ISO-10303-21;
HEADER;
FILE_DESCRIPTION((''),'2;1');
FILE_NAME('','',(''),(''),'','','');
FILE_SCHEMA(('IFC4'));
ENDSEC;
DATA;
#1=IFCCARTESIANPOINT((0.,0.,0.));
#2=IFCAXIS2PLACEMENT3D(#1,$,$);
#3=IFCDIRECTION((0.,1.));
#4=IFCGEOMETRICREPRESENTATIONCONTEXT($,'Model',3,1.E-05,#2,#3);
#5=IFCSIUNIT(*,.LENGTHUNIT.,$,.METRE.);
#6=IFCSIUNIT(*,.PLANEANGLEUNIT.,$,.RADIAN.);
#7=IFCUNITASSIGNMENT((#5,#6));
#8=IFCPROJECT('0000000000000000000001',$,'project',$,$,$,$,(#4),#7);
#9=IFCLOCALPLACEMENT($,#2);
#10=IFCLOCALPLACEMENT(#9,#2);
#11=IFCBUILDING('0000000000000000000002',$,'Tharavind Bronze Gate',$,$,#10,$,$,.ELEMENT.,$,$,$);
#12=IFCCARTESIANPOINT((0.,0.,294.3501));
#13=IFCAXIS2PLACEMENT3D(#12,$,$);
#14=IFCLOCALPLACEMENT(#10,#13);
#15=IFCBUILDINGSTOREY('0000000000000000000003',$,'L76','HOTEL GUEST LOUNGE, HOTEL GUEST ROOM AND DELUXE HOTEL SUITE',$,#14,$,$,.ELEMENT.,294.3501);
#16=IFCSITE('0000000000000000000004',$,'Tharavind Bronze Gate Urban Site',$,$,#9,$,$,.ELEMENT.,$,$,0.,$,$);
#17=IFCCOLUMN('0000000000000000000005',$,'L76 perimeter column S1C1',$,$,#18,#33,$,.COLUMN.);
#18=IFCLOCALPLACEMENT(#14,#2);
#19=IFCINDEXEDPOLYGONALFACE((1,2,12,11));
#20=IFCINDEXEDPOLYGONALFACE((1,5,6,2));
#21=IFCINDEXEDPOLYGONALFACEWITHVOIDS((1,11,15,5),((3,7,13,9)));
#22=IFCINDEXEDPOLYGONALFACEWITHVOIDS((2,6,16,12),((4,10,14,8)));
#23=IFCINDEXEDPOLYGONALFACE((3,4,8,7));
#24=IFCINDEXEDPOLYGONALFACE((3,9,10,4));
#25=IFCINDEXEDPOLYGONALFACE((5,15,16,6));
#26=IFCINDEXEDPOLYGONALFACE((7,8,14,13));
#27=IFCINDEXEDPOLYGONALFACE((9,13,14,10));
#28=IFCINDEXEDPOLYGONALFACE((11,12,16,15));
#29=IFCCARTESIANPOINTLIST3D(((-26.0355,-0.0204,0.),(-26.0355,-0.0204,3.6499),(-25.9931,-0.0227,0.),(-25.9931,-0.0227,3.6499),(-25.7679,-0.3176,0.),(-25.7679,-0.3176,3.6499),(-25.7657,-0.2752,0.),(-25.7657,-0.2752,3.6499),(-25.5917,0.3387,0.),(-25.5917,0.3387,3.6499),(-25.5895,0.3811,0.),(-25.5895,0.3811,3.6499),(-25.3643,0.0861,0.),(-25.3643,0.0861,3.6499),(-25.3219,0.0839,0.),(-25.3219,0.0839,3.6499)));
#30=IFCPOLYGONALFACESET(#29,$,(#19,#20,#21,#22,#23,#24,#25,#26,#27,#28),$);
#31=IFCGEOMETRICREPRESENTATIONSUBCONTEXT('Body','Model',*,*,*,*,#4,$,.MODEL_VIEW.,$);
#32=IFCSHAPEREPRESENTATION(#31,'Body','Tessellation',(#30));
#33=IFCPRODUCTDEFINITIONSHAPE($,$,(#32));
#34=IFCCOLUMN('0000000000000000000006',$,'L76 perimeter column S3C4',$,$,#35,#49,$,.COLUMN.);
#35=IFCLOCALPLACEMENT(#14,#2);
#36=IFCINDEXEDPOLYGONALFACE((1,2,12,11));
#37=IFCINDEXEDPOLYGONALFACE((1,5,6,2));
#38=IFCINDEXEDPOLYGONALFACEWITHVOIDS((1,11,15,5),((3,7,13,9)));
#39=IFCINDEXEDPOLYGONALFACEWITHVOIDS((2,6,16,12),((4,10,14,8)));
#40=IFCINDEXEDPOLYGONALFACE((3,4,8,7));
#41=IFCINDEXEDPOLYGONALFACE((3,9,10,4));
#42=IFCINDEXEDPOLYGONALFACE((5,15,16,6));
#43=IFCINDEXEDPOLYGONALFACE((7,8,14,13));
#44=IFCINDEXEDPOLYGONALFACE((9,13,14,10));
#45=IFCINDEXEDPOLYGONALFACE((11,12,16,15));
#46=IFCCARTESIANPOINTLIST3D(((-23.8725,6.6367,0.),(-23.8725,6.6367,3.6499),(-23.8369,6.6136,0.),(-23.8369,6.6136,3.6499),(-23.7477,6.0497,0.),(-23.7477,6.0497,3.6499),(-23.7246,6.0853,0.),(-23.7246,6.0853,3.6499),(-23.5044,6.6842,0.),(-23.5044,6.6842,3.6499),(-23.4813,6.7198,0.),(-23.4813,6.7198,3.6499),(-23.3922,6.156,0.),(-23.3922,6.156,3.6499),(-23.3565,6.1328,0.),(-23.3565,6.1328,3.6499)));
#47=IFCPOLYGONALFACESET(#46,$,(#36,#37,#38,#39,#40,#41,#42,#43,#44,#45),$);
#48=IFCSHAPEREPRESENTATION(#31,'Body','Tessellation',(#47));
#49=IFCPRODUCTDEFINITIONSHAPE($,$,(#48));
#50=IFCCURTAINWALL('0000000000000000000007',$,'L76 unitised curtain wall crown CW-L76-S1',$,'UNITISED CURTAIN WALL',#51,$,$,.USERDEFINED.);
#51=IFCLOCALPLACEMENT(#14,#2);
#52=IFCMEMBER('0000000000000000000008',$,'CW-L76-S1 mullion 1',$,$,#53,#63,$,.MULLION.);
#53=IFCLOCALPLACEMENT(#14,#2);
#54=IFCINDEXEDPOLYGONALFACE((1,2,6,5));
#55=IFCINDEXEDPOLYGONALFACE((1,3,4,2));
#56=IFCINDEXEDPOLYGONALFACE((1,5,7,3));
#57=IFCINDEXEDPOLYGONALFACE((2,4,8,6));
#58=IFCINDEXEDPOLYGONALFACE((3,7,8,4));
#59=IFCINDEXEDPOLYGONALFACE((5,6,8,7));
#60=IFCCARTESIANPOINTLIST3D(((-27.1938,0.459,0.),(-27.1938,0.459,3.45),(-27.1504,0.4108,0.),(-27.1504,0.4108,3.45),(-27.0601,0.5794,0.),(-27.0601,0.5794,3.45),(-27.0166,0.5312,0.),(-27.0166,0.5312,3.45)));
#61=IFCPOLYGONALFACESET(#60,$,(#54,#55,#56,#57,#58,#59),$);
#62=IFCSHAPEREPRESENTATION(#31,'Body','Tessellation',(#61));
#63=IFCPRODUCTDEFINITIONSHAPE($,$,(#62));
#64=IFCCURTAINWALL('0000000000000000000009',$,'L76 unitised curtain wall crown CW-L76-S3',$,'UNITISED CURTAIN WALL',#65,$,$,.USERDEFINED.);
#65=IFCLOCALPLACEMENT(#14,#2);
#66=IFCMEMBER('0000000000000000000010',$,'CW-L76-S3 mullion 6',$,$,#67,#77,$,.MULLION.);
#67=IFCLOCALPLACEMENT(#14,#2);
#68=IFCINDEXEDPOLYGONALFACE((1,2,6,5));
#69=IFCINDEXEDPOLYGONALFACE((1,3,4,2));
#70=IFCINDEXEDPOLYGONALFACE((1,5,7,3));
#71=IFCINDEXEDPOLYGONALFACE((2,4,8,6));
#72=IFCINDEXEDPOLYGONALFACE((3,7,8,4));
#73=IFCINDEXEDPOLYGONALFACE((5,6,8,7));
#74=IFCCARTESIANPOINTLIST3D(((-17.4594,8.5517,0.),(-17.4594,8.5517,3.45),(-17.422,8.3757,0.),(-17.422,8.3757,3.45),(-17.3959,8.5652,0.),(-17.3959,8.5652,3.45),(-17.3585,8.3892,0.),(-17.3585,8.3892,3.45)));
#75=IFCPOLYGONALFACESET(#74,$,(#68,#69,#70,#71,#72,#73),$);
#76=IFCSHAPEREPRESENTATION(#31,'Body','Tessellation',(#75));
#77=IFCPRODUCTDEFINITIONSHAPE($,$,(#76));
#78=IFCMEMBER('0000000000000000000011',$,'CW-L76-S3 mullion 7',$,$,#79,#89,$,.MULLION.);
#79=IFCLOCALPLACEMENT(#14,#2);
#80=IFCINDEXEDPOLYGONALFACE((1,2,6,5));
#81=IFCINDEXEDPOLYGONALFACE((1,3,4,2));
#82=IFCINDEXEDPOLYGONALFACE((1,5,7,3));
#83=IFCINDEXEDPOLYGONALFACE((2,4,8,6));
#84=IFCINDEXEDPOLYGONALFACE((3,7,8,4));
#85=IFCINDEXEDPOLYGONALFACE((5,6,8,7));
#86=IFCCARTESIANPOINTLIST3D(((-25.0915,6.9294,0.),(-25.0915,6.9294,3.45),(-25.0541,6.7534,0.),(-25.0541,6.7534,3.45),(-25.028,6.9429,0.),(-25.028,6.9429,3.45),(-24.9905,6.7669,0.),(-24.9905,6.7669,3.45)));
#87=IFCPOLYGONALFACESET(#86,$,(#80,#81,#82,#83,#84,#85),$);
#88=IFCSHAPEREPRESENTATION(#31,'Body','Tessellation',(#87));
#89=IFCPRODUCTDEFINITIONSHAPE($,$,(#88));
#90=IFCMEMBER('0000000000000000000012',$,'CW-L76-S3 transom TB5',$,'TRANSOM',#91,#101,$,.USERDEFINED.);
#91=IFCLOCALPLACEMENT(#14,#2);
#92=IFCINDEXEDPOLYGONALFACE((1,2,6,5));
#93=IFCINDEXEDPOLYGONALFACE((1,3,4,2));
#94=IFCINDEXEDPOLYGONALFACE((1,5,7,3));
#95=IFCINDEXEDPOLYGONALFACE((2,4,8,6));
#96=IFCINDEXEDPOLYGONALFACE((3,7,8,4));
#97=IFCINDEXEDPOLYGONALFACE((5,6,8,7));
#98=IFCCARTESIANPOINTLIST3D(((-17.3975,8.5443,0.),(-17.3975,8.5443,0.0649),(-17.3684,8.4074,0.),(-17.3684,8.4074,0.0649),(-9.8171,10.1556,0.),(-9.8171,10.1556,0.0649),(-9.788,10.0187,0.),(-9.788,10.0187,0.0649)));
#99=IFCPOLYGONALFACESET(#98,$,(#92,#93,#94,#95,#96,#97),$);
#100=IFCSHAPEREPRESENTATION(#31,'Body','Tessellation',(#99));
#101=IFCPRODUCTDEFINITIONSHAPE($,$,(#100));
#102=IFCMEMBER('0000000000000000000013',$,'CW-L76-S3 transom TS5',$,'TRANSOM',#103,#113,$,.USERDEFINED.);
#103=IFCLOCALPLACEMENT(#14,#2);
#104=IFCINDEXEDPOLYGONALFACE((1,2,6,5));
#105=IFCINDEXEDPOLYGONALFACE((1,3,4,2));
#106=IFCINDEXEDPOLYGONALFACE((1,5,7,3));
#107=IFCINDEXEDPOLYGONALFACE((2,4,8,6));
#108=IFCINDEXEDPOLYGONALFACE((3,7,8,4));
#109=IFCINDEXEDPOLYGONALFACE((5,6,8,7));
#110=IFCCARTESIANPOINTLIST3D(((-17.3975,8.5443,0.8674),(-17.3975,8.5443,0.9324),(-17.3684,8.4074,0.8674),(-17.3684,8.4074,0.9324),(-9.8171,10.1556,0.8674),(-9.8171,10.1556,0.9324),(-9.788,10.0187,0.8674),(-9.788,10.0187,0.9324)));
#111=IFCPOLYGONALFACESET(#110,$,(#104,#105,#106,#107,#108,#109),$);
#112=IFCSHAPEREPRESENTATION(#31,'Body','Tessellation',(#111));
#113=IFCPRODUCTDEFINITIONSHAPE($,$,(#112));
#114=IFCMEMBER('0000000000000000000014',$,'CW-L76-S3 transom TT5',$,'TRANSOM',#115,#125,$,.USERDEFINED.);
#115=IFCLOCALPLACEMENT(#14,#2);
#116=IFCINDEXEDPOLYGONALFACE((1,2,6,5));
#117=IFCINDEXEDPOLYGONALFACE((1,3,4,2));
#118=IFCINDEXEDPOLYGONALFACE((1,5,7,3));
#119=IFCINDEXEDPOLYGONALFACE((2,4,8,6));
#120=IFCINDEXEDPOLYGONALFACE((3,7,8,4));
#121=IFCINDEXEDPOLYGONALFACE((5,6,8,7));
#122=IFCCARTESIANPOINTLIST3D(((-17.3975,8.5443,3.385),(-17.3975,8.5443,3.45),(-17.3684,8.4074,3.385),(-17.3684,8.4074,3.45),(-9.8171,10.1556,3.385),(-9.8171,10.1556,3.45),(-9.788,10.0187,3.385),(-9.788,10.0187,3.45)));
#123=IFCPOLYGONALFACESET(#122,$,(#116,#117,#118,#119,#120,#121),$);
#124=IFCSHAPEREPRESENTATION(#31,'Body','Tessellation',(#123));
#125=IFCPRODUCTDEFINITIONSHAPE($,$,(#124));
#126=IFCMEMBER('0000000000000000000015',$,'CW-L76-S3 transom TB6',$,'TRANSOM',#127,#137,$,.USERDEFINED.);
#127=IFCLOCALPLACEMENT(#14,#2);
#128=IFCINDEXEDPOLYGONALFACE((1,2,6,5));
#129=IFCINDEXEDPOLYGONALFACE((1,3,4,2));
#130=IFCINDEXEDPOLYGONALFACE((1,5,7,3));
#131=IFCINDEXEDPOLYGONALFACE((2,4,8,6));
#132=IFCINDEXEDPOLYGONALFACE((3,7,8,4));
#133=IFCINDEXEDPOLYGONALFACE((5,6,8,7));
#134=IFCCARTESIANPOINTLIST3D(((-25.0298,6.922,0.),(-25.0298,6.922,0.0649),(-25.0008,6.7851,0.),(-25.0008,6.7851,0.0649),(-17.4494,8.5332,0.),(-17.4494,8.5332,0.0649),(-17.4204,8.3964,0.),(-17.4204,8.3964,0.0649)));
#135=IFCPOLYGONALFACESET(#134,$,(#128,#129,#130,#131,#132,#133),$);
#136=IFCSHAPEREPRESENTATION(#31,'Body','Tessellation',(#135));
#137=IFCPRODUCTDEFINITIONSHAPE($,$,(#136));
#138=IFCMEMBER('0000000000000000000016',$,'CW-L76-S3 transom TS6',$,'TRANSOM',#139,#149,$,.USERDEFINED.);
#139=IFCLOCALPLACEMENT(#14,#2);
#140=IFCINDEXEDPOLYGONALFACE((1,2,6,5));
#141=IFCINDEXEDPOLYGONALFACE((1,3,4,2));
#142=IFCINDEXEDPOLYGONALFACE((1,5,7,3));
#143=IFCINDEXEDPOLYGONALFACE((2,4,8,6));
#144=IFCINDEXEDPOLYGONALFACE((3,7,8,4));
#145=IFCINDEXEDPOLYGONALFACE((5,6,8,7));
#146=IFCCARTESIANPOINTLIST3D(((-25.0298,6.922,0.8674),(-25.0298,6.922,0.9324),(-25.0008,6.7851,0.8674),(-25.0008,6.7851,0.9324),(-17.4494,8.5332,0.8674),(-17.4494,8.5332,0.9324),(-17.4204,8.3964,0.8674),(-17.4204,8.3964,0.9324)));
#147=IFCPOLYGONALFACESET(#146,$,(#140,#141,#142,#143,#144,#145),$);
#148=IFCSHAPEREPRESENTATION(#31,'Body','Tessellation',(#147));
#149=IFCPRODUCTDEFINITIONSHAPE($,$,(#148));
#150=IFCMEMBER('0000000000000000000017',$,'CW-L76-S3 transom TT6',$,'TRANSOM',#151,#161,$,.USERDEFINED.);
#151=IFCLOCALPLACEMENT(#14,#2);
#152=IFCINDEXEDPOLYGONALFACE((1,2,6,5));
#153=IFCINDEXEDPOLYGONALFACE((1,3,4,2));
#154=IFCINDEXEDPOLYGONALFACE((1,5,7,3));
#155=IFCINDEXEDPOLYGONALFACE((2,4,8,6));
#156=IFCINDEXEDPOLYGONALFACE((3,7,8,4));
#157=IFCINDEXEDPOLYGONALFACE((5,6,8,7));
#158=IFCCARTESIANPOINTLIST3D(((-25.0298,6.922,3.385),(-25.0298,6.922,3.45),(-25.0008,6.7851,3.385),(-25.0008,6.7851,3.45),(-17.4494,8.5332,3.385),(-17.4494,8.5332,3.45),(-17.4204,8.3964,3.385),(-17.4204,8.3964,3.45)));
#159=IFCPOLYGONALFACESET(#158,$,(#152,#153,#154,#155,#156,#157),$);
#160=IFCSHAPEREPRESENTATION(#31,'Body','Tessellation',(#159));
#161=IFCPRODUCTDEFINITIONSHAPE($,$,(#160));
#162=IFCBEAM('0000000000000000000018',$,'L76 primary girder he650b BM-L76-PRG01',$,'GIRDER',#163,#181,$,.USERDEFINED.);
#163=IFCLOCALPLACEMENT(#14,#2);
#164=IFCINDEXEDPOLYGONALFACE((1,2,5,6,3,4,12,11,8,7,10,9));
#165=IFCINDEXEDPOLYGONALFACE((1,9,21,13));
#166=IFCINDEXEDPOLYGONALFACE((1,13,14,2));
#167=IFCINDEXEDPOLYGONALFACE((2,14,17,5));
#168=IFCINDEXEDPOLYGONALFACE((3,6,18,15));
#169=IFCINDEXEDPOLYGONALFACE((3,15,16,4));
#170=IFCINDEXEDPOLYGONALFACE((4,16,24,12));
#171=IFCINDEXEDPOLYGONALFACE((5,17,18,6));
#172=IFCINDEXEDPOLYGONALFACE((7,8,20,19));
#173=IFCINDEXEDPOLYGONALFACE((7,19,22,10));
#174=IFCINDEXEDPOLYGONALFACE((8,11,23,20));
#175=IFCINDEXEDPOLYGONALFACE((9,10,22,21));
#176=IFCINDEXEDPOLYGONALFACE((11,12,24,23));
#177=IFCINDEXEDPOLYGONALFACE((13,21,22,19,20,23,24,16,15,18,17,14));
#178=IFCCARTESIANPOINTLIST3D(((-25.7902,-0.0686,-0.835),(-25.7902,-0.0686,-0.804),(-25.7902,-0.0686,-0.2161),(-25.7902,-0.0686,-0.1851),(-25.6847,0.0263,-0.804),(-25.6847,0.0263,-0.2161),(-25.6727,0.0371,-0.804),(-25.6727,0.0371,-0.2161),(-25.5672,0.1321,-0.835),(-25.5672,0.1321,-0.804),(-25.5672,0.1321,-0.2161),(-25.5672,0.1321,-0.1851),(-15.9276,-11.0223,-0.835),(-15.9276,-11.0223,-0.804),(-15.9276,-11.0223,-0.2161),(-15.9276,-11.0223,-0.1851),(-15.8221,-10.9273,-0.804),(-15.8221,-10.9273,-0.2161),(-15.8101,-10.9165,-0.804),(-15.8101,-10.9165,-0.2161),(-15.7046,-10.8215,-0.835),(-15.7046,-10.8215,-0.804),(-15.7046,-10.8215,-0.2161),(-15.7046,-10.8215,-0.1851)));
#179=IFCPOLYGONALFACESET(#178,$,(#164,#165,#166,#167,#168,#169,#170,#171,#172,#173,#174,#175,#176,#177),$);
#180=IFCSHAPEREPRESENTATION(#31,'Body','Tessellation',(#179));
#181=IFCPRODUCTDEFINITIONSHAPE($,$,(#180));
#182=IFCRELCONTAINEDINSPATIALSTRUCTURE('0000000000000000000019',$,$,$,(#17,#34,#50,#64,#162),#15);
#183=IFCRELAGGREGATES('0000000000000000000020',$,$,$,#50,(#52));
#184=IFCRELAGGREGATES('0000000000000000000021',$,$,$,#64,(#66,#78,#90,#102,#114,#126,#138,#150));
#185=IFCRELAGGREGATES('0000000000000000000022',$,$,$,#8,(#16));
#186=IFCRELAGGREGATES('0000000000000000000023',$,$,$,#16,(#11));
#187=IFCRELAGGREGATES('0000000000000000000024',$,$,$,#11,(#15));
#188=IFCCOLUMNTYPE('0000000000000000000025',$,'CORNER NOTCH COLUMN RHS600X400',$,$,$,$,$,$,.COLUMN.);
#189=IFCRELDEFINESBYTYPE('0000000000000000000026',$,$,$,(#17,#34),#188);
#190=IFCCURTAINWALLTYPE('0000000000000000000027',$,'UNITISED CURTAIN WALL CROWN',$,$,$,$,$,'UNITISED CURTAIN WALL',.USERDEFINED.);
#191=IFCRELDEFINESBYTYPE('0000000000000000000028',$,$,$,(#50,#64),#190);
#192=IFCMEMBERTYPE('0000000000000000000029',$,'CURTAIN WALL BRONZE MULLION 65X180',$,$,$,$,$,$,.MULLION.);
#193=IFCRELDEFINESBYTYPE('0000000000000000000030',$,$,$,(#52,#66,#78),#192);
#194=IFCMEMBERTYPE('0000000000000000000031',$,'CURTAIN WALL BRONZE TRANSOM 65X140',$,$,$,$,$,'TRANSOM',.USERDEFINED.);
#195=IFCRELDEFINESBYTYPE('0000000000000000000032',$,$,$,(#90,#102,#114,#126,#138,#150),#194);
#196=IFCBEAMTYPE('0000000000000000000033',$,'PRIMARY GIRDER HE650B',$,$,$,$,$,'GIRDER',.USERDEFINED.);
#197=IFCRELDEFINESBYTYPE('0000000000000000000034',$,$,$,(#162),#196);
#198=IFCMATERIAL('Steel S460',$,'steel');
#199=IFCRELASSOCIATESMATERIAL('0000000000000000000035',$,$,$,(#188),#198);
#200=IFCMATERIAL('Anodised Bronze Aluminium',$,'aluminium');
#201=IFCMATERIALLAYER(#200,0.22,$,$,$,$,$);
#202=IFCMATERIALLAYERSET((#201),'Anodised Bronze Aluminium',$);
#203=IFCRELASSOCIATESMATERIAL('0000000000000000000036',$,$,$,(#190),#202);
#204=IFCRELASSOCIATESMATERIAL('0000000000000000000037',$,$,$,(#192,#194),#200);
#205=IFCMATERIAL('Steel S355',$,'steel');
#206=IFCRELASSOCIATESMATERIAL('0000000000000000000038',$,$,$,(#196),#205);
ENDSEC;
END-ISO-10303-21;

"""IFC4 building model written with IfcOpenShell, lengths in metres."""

from ifc_helpers import new_model, si_unit, direction, frame, origin, origin_2d, place, context, subcontext, project, spatial, rectangle, hollow_rectangle, i_section, extrude, material, layer, layer_set, material_profile, profile_set, type_object, element, aggregate, save


model = new_model("IFC4")

# Units and contexts
model_context = context("Model", 3, precision=1e-05, world=origin(), true_north=direction((0.0, 1.0)))
body_context = subcontext(model_context, "Body", "Model", "MODEL_VIEW")
ifc_project = project(units=[si_unit("LENGTHUNIT", "METRE"), si_unit("PLANEANGLEUNIT", "RADIAN")], contexts=[model_context])

# Site, building, storey
site_placement = place(None, origin())
site = spatial("IfcSite", under=ifc_project, at=site_placement, Name="Tharavind Bronze Gate Urban Site", CompositionType="ELEMENT", RefElevation=0.0)
building_placement = place(site_placement, origin())
building = spatial("IfcBuilding", under=site, at=building_placement, Name="Tharavind Bronze Gate", CompositionType="ELEMENT")
storey_placement = place(building_placement, frame((0.0, 0.0, 294.3501)))
storey = spatial("IfcBuildingStorey", under=building, at=storey_placement, Name="L76", Description="HOTEL GUEST LOUNGE, HOTEL GUEST ROOM AND DELUXE HOTEL SUITE", CompositionType="ELEMENT", Elevation=294.3501)

# Columns
ifc_material_1 = material(Name="Steel S460", Category="steel")
ifc_material_profile_1 = material_profile(ifc_material_1, hollow_rectangle(XDim=0.3999, YDim=0.6001, WallThickness=0.03, at=origin_2d()), Name="RHS600X400X30")
ifc_profile_set_1 = profile_set([ifc_material_profile_1], Name="Steel S460")
column_type = type_object("IfcColumnType", Name="CORNER NOTCH COLUMN RHS600X400", PredefinedType="COLUMN", material=ifc_profile_set_1)
for number, where, z_axis, x_axis, name in (
    (1, (-25.6787, 0.0317, 0.0), (0.0, 0.0, 1.0), (-0.669131, 0.743145, 0.0), "L76 perimeter column S1C1"),
    (2, (-23.6145, 6.3848, 0.0), (0.0, 0.0, 1.0), (0.978147, 0.207913, 0.0), "L76 perimeter column S3C4"),
):
    element("IfcColumn", number, at=place(storey_placement, frame(where, z_axis=z_axis, x_axis=x_axis)), inside=storey, type_object=column_type, Name=name, PredefinedType="COLUMN", context=body_context, shape_type="SweptSolid", body=[
        extrude(hollow_rectangle(XDim=0.3999, YDim=0.6001, WallThickness=0.03, at=origin_2d()), origin(), (0.0, 0.0, 1.0), 3.6499),
    ])

# Curtain wall, member
ifc_material_2 = material(Name="Anodised Bronze Aluminium", Category="aluminium")
ifc_layer_1 = layer(ifc_material_2, 0.22)
ifc_layer_set_1 = layer_set([ifc_layer_1], Name="Anodised Bronze Aluminium")
curtain_wall_type = type_object("IfcCurtainWallType", Name="UNITISED CURTAIN WALL CROWN", ElementType="UNITISED CURTAIN WALL", PredefinedType="USERDEFINED", material=ifc_layer_set_1)
curtain_wall_1_placement = place(storey_placement, origin())
curtain_wall_1 = element("IfcCurtainWall", 3, at=curtain_wall_1_placement, inside=storey, type_object=curtain_wall_type, Name="L76 unitised curtain wall crown CW-L76-S1", ObjectType="UNITISED CURTAIN WALL", PredefinedType="USERDEFINED")
member_type_1 = type_object("IfcMemberType", Name="CURTAIN WALL BRONZE MULLION 65X180", PredefinedType="MULLION", material=ifc_material_2)
member_1_placement = place(storey_placement, frame((-27.1052, 0.4951, 0.0), z_axis=(0.0, 0.0, 1.0), x_axis=(0.669131, -0.743145, 0.0)))
member_1 = element("IfcMember", 4, at=member_1_placement, type_object=member_type_1, Name="CW-L76-S1 mullion 1", PredefinedType="MULLION", context=body_context, shape_type="SweptSolid", body=[
    extrude(rectangle(XDim=0.0649, YDim=0.1799, at=origin_2d()), origin(), (0.0, 0.0, 1.0), 3.45),
])
aggregate(curtain_wall_1, [member_1])

# Curtain wall, members
curtain_wall_2_placement = place(storey_placement, origin())
curtain_wall_2 = element("IfcCurtainWall", 5, at=curtain_wall_2_placement, inside=storey, type_object=curtain_wall_type, Name="L76 unitised curtain wall crown CW-L76-S3", ObjectType="UNITISED CURTAIN WALL", PredefinedType="USERDEFINED")
member_2_placement = place(storey_placement, frame((-17.4089, 8.4705, 0.0), z_axis=(0.0, 0.0, 1.0), x_axis=(-0.978147, -0.207913, 0.0)))
member_2 = element("IfcMember", 6, at=member_2_placement, type_object=member_type_1, Name="CW-L76-S3 mullion 6", PredefinedType="MULLION", context=body_context, shape_type="SweptSolid", body=[
    extrude(rectangle(XDim=0.0649, YDim=0.1799, at=origin_2d()), origin(), (0.0, 0.0, 1.0), 3.45),
])
member_3_placement = place(storey_placement, frame((-25.041, 6.8481, 0.0), z_axis=(0.0, 0.0, 1.0), x_axis=(-0.978147, -0.207913, 0.0)))
member_3 = element("IfcMember", 7, at=member_3_placement, type_object=member_type_1, Name="CW-L76-S3 mullion 7", PredefinedType="MULLION", context=body_context, shape_type="SweptSolid", body=[
    extrude(rectangle(XDim=0.0649, YDim=0.1799, at=origin_2d()), origin(), (0.0, 0.0, 1.0), 3.45),
])
member_type_2 = type_object("IfcMemberType", Name="CURTAIN WALL BRONZE TRANSOM 65X140", ElementType="TRANSOM", PredefinedType="USERDEFINED", material=ifc_material_2)
member_4_placement = place(storey_placement, frame((-13.5928, 9.2815, 0.0), z_axis=(0.0, 0.0, 1.0), x_axis=(-0.978147, -0.207913, 0.0)))
member_4 = element("IfcMember", 8, at=member_4_placement, type_object=member_type_2, Name="CW-L76-S3 transom TB5", ObjectType="TRANSOM", PredefinedType="USERDEFINED", context=body_context, shape_type="SweptSolid", body=[
    extrude(rectangle(XDim=7.7498, YDim=0.1399, at=origin_2d()), origin(), (0.0, 0.0, 1.0), 0.0649),
])
member_5_placement = place(storey_placement, frame((-13.5928, 9.2815, 0.8674), z_axis=(0.0, 0.0, 1.0), x_axis=(-0.978147, -0.207913, 0.0)))
member_5 = element("IfcMember", 9, at=member_5_placement, type_object=member_type_2, Name="CW-L76-S3 transom TS5", ObjectType="TRANSOM", PredefinedType="USERDEFINED", context=body_context, shape_type="SweptSolid", body=[
    extrude(rectangle(XDim=7.7498, YDim=0.1399, at=origin_2d()), origin(), (0.0, 0.0, 1.0), 0.0649),
])
member_6_placement = place(storey_placement, frame((-13.5928, 9.2815, 3.385), z_axis=(0.0, 0.0, 1.0), x_axis=(-0.978147, -0.207913, 0.0)))
member_6 = element("IfcMember", 10, at=member_6_placement, type_object=member_type_2, Name="CW-L76-S3 transom TT5", ObjectType="TRANSOM", PredefinedType="USERDEFINED", context=body_context, shape_type="SweptSolid", body=[
    extrude(rectangle(XDim=7.7498, YDim=0.1399, at=origin_2d()), origin(), (0.0, 0.0, 1.0), 0.0649),
])
member_7_placement = place(storey_placement, frame((-21.2251, 7.6592, 0.0), z_axis=(0.0, 0.0, 1.0), x_axis=(-0.978147, -0.207913, 0.0)))
member_7 = element("IfcMember", 11, at=member_7_placement, type_object=member_type_2, Name="CW-L76-S3 transom TB6", ObjectType="TRANSOM", PredefinedType="USERDEFINED", context=body_context, shape_type="SweptSolid", body=[
    extrude(rectangle(XDim=7.7498, YDim=0.1399, at=origin_2d()), origin(), (0.0, 0.0, 1.0), 0.0649),
])
member_8_placement = place(storey_placement, frame((-21.2251, 7.6592, 0.8674), z_axis=(0.0, 0.0, 1.0), x_axis=(-0.978147, -0.207913, 0.0)))
member_8 = element("IfcMember", 12, at=member_8_placement, type_object=member_type_2, Name="CW-L76-S3 transom TS6", ObjectType="TRANSOM", PredefinedType="USERDEFINED", context=body_context, shape_type="SweptSolid", body=[
    extrude(rectangle(XDim=7.7498, YDim=0.1399, at=origin_2d()), origin(), (0.0, 0.0, 1.0), 0.0649),
])
member_9_placement = place(storey_placement, frame((-21.2251, 7.6592, 3.385), z_axis=(0.0, 0.0, 1.0), x_axis=(-0.978147, -0.207913, 0.0)))
member_9 = element("IfcMember", 13, at=member_9_placement, type_object=member_type_2, Name="CW-L76-S3 transom TT6", ObjectType="TRANSOM", PredefinedType="USERDEFINED", context=body_context, shape_type="SweptSolid", body=[
    extrude(rectangle(XDim=7.7498, YDim=0.1399, at=origin_2d()), origin(), (0.0, 0.0, 1.0), 0.0649),
])

# Beam
ifc_material_3 = material(Name="Steel S355", Category="steel")
ifc_material_profile_2 = material_profile(ifc_material_3, i_section(OverallWidth=0.3, OverallDepth=0.6499, WebThickness=0.0161, FlangeThickness=0.031, at=origin_2d()), Name="HE650B")
ifc_profile_set_2 = profile_set([ifc_material_profile_2], Name="Steel S355")
beam_type_1 = type_object("IfcBeamType", Name="PRIMARY GIRDER HE650B", ElementType="GIRDER", PredefinedType="USERDEFINED", material=ifc_profile_set_2)
beam_1_placement = place(storey_placement, frame((-25.6787, 0.0317, -0.51), z_axis=(0.669126, -0.743149, 0.0), x_axis=(0.743149, 0.669126, 0.0)))
element("IfcBeam", 14, at=beam_1_placement, inside=storey, type_object=beam_type_1, Name="L76 primary girder he650b BM-L76-PRG01", ObjectType="GIRDER", PredefinedType="USERDEFINED", context=body_context, shape_type="SweptSolid", body=[
    extrude(i_section(OverallWidth=0.3, OverallDepth=0.6499, WebThickness=0.0161, FlangeThickness=0.031, at=origin_2d()), origin(), (0.0, 0.0, 1.0), 14.7395),
])

aggregate(curtain_wall_2, [member_2, member_3, member_4, member_5, member_6, member_7, member_8, member_9])

save(model, "model.ifc")
